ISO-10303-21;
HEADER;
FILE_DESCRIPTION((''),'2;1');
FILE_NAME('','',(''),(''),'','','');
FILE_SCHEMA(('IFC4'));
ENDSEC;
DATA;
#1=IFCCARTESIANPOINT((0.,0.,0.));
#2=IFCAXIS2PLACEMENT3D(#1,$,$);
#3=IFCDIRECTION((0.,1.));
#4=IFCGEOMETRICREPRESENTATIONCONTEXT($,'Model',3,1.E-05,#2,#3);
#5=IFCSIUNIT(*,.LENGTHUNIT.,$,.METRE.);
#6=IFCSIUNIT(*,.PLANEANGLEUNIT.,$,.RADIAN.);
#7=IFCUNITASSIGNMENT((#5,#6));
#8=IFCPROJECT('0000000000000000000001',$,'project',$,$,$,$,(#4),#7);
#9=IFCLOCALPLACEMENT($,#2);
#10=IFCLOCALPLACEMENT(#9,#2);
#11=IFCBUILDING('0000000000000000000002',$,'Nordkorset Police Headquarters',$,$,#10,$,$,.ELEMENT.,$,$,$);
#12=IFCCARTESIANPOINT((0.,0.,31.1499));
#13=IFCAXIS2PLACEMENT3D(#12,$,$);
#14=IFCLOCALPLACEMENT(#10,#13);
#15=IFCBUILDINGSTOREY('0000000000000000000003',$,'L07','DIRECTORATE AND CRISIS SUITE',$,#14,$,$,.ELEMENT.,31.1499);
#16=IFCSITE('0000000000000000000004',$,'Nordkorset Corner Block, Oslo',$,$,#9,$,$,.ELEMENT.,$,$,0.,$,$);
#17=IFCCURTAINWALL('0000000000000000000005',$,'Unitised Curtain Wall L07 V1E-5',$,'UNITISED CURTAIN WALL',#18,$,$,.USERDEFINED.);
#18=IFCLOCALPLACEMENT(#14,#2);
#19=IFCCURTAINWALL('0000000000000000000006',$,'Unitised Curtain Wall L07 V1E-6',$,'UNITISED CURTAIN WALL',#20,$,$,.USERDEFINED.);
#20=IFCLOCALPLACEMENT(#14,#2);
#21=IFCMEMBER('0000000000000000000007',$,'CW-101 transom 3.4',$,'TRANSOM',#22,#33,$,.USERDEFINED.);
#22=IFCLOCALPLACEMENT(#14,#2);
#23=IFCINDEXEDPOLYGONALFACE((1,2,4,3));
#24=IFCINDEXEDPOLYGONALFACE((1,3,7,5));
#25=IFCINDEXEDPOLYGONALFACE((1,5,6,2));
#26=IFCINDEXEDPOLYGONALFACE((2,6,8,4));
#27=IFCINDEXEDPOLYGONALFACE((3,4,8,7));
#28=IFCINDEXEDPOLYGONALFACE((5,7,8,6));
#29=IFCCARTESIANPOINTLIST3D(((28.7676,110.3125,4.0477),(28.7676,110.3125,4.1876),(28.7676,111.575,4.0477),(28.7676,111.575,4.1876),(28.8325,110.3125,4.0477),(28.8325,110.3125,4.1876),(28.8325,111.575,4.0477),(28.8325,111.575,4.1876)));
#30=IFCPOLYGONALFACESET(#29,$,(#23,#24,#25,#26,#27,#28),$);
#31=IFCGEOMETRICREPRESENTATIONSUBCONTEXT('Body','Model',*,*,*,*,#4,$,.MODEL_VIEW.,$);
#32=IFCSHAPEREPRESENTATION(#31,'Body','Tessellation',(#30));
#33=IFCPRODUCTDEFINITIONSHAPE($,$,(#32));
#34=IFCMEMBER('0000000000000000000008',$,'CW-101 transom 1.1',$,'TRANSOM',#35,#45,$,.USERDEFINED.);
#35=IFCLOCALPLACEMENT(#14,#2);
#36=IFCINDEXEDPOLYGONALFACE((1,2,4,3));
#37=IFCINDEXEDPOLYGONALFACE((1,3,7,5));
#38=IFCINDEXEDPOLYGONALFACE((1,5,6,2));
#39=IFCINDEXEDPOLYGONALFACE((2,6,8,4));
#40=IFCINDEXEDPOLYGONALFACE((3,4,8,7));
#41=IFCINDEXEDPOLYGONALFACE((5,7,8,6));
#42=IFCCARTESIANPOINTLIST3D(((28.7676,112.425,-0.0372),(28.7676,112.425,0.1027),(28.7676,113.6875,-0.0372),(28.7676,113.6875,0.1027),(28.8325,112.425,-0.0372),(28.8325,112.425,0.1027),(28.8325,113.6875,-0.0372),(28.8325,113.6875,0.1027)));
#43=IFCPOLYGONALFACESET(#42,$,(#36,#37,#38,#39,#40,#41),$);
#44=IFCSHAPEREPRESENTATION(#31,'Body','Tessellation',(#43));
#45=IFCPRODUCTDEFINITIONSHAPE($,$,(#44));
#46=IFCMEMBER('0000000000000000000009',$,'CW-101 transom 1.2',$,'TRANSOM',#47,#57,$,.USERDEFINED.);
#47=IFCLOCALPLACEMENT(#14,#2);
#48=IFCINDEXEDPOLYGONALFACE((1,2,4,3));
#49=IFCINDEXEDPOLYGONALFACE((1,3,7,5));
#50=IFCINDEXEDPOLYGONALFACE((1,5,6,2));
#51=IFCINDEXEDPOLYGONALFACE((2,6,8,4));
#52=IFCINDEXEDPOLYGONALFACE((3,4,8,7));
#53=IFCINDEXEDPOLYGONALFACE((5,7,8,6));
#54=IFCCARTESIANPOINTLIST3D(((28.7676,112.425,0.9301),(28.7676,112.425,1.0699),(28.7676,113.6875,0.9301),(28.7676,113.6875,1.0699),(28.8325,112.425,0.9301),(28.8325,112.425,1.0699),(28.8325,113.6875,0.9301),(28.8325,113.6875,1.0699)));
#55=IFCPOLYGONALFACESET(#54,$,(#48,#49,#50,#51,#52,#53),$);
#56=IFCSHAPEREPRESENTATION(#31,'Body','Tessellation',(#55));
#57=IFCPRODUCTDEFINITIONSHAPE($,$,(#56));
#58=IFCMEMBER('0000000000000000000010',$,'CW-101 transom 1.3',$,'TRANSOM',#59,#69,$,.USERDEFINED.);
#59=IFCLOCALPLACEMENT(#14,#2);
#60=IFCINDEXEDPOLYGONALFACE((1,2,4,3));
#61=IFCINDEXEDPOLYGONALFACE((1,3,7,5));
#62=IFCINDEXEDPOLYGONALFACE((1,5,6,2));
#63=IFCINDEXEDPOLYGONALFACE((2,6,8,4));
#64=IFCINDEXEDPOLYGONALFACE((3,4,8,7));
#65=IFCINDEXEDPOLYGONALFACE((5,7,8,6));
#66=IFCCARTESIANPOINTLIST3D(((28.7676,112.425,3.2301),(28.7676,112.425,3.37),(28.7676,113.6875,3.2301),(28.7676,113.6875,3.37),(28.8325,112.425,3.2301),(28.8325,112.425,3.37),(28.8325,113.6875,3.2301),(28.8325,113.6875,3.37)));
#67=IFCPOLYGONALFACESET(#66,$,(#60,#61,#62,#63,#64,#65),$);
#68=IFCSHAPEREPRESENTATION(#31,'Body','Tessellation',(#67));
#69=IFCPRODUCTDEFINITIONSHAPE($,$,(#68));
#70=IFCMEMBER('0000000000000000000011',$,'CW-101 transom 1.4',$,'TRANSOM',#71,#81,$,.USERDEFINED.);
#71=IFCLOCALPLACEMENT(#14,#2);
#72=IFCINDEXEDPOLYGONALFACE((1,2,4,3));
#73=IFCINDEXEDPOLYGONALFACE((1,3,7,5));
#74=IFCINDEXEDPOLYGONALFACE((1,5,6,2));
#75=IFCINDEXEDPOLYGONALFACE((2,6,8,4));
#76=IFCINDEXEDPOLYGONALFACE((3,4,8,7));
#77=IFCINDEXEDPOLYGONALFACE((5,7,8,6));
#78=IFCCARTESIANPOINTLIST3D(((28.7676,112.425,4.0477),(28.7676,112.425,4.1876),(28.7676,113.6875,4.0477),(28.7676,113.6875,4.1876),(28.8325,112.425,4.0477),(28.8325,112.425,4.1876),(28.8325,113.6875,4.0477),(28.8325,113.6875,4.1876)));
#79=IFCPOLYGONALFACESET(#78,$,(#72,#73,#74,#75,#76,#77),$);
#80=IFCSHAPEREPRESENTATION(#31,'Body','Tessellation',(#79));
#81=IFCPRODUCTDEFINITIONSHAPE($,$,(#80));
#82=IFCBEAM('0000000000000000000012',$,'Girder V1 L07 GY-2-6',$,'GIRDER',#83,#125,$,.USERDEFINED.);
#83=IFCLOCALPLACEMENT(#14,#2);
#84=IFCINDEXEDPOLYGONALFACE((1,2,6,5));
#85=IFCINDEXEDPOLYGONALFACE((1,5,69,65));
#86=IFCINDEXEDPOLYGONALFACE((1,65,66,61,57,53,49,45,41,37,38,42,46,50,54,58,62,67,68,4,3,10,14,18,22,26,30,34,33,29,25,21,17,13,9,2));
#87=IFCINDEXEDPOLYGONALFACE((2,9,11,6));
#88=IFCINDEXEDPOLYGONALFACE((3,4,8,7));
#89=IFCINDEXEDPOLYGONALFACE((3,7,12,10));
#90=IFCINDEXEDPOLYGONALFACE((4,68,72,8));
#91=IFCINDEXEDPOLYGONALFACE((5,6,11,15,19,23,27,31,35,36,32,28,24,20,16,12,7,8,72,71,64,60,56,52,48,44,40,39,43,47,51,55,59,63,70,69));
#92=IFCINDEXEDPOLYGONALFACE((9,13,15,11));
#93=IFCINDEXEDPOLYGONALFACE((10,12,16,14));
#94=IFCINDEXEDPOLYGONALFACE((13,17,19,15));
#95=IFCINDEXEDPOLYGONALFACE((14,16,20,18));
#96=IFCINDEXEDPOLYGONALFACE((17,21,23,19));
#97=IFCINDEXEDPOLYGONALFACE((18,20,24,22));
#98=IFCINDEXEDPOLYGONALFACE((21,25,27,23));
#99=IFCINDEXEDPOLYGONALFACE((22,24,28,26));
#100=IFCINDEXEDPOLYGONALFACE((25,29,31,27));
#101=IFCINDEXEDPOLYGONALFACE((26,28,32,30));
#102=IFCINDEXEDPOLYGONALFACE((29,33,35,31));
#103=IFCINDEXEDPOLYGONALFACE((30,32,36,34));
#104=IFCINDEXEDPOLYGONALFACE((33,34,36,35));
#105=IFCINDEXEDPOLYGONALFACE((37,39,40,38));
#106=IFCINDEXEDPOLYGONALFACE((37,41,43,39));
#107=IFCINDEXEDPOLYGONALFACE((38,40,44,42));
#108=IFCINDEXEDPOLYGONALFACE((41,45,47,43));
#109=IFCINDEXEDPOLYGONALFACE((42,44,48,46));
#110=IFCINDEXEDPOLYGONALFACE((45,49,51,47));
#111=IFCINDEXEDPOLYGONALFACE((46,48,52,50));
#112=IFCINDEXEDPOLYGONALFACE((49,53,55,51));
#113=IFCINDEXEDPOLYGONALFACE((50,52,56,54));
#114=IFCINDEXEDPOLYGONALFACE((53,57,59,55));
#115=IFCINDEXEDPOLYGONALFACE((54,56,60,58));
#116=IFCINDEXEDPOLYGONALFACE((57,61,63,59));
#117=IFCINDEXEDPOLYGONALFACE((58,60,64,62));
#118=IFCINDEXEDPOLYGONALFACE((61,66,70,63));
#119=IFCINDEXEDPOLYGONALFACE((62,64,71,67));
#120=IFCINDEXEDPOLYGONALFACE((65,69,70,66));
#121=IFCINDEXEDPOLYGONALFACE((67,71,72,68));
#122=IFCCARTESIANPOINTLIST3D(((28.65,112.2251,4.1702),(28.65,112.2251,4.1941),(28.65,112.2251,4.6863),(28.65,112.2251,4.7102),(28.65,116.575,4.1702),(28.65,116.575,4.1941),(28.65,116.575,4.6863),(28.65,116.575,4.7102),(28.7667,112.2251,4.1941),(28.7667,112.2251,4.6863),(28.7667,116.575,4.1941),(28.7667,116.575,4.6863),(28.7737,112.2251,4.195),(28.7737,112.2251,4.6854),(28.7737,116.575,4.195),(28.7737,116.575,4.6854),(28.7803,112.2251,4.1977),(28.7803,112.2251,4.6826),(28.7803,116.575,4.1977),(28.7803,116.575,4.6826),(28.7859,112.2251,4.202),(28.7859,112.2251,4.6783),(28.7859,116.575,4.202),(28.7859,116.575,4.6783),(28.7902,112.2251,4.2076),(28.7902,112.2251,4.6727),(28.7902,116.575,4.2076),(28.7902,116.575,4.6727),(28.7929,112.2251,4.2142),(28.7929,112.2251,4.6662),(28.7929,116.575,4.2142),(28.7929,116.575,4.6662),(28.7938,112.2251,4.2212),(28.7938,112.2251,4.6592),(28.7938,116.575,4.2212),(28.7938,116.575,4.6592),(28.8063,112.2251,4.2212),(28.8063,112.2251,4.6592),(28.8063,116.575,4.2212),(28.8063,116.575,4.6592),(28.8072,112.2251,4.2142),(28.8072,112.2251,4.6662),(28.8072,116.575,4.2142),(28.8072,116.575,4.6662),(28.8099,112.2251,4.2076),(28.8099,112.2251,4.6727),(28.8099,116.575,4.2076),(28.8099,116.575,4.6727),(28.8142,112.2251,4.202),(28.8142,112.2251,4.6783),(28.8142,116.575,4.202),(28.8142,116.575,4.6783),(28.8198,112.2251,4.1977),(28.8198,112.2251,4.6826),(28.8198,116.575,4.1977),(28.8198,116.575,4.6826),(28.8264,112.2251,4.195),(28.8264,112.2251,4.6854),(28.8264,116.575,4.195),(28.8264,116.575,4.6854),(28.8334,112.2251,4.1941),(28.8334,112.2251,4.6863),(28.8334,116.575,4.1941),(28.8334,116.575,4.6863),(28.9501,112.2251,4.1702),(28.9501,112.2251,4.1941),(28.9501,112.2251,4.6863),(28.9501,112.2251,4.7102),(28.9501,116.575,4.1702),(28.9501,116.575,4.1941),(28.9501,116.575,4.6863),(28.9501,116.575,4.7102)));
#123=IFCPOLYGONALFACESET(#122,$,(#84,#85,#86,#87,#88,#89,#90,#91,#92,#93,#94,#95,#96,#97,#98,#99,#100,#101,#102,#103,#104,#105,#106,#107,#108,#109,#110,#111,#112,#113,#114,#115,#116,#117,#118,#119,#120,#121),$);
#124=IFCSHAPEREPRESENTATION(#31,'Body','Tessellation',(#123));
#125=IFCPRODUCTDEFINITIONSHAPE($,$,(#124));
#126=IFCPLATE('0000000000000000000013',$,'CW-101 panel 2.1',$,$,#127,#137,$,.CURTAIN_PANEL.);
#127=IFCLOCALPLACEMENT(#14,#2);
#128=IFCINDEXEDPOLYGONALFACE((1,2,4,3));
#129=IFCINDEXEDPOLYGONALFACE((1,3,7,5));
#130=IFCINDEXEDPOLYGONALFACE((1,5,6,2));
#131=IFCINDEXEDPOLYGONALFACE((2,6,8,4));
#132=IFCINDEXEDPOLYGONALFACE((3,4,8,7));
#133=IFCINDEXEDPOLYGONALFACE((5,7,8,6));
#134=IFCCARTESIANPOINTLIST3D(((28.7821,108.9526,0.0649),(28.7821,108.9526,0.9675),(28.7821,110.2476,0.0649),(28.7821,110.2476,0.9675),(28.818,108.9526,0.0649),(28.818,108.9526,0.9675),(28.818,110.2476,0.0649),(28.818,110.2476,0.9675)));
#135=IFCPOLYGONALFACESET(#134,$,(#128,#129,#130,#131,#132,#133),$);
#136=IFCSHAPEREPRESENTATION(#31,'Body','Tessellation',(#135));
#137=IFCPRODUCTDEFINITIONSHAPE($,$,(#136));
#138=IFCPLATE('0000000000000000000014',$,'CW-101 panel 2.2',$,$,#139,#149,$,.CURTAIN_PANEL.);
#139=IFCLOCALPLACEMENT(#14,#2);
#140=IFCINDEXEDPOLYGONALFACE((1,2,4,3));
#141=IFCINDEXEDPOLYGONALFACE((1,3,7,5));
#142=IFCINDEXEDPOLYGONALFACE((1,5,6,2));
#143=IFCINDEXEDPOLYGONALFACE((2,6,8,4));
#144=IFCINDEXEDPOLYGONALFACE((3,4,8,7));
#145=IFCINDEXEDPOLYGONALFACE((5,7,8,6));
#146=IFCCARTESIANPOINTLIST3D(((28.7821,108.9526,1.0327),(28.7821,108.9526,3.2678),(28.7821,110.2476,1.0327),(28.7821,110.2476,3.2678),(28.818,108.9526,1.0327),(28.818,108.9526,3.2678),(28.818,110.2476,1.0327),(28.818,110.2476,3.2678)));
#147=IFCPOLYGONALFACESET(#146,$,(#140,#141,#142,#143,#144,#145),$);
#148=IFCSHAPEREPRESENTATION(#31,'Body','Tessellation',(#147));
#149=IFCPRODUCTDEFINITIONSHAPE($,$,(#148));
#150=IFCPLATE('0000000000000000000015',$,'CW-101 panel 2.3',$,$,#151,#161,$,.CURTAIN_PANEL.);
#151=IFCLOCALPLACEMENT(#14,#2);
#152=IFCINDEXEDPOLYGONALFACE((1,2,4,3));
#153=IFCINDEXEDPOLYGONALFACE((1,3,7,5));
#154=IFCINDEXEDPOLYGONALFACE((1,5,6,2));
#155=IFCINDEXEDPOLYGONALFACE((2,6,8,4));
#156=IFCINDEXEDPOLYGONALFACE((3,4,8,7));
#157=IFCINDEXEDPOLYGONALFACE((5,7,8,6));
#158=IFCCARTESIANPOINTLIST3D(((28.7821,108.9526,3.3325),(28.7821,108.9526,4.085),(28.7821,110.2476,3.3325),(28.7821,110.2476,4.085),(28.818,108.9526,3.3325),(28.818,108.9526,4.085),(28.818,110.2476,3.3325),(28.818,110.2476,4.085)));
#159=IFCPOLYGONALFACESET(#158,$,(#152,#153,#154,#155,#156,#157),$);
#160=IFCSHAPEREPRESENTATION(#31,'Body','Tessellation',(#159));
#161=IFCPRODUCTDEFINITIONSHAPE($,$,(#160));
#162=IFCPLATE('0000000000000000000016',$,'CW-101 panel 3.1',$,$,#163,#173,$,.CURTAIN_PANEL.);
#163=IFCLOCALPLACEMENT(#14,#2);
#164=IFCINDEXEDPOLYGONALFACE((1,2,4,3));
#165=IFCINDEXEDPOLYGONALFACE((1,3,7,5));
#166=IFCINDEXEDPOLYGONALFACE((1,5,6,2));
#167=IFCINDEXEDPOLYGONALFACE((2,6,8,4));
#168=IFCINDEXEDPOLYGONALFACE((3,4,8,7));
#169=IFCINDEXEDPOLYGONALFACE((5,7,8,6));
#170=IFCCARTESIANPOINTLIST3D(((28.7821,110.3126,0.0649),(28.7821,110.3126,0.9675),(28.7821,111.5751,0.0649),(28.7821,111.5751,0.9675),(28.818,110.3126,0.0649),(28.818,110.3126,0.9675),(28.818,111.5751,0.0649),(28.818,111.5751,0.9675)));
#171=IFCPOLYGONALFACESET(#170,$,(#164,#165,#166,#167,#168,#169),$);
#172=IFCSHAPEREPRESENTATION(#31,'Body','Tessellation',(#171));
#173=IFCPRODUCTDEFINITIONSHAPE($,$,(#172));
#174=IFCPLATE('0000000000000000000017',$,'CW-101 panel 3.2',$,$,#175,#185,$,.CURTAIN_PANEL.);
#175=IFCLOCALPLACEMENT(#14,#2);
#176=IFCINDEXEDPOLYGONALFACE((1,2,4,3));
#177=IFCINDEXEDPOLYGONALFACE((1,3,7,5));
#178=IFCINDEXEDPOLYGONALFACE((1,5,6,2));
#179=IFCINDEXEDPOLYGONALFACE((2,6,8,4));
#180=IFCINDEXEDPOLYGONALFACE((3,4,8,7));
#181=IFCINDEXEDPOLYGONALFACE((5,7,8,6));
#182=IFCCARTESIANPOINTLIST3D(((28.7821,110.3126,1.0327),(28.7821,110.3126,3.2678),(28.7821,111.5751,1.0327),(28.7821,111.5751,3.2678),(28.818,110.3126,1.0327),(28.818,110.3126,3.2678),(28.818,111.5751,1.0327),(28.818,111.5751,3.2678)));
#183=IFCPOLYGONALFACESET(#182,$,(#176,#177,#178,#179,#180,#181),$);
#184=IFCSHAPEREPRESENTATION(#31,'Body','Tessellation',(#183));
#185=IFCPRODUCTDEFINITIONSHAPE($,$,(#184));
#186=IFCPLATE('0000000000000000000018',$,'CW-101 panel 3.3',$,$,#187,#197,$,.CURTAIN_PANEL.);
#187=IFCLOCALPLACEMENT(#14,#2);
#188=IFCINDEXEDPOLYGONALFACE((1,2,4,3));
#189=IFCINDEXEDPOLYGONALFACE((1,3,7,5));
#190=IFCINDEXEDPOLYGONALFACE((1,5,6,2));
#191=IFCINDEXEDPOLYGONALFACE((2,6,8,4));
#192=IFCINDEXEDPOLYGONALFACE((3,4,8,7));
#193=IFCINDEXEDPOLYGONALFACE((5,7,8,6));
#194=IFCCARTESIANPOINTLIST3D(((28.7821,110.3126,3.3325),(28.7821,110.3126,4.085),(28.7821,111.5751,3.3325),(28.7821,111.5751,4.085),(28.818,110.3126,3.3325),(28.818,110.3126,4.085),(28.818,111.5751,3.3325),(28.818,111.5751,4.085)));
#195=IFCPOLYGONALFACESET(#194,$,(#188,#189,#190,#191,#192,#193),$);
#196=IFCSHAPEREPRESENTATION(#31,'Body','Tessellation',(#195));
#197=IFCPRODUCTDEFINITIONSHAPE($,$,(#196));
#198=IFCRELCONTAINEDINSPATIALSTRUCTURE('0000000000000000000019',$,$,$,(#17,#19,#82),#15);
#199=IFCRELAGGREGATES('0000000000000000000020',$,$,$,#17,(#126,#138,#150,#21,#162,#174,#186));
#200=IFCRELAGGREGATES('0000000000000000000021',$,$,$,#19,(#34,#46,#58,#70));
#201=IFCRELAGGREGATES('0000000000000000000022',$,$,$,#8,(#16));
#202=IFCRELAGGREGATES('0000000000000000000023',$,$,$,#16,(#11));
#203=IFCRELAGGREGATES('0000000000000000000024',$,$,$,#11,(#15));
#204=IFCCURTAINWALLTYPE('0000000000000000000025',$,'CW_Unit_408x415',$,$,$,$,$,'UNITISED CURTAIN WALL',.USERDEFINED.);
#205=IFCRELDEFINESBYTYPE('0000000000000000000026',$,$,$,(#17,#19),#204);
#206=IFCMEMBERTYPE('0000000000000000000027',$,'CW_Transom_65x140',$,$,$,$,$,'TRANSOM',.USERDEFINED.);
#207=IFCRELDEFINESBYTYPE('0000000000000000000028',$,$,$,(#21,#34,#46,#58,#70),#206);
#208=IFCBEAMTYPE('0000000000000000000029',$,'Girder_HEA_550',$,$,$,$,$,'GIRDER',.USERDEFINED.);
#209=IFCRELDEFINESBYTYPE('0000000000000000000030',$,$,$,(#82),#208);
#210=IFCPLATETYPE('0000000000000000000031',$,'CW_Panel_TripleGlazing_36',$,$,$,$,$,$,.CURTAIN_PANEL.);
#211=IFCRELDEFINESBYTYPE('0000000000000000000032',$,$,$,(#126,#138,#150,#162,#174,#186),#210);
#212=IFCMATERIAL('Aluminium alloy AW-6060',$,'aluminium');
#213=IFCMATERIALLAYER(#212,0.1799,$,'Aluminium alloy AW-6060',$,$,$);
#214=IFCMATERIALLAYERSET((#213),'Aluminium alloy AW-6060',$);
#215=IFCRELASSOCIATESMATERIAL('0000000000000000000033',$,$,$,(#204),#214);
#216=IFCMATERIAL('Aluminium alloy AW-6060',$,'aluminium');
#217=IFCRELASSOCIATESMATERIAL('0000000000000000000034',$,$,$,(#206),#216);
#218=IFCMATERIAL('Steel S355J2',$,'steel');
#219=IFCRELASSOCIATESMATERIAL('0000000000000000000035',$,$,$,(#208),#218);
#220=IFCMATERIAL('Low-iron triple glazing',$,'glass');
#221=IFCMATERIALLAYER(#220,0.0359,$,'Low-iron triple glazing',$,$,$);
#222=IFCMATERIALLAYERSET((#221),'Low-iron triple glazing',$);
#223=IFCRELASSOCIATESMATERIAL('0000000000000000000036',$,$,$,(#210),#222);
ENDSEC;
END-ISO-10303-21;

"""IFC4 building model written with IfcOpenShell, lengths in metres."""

from ifc_helpers import new_model, si_unit, direction, frame, origin, origin_2d, place, context, subcontext, project, spatial, rectangle, i_section, extrude, material, layer, layer_set, material_profile, profile_set, type_object, element, aggregate, save


model = new_model("IFC4")

# Units and contexts
model_context = context("Model", 3, precision=1e-05, world=origin(), true_north=direction((0.0, 1.0)))
body_context = subcontext(model_context, "Body", "Model", "MODEL_VIEW")
ifc_project = project(units=[si_unit("LENGTHUNIT", "METRE"), si_unit("PLANEANGLEUNIT", "RADIAN")], contexts=[model_context])

# Site, building, storey
site_placement = place(None, origin())
site = spatial("IfcSite", under=ifc_project, at=site_placement, Name="Nordkorset Corner Block, Oslo", CompositionType="ELEMENT", RefElevation=0.0)
building_placement = place(site_placement, origin())
building = spatial("IfcBuilding", under=site, at=building_placement, Name="Nordkorset Police Headquarters", CompositionType="ELEMENT")
storey_placement = place(building_placement, frame((0.0, 0.0, 31.1499)))
storey = spatial("IfcBuildingStorey", under=building, at=storey_placement, Name="L07", Description="DIRECTORATE AND CRISIS SUITE", CompositionType="ELEMENT", Elevation=31.1499)

# Curtain wall
ifc_material_1 = material(Name="Aluminium alloy AW-6060", Category="aluminium")
ifc_layer_1 = layer(ifc_material_1, 0.1799, Name="Aluminium alloy AW-6060")
ifc_layer_set_1 = layer_set([ifc_layer_1], Name="Aluminium alloy AW-6060")
curtain_wall_type = type_object("IfcCurtainWallType", Name="CW_Unit_408x415", ElementType="UNITISED CURTAIN WALL", PredefinedType="USERDEFINED", material=ifc_layer_set_1)
curtain_wall_1_placement = place(storey_placement, origin())
curtain_wall_1 = element("IfcCurtainWall", 1, at=curtain_wall_1_placement, inside=storey, type_object=curtain_wall_type, Name="Unitised Curtain Wall L07 V1E-5", ObjectType="UNITISED CURTAIN WALL", PredefinedType="USERDEFINED")

# Curtain wall
curtain_wall_2_placement = place(storey_placement, origin())
curtain_wall_2 = element("IfcCurtainWall", 2, at=curtain_wall_2_placement, inside=storey, type_object=curtain_wall_type, Name="Unitised Curtain Wall L07 V1E-6", ObjectType="UNITISED CURTAIN WALL", PredefinedType="USERDEFINED")

# Members
ifc_material_2 = material(Name="Aluminium alloy AW-6060", Category="aluminium")
ifc_material_profile_1 = material_profile(ifc_material_2, rectangle(XDim=0.0649, YDim=0.1399, at=origin_2d()), Name="ALU TRAN 65x140")
ifc_profile_set_1 = profile_set([ifc_material_profile_1], Name="Aluminium alloy AW-6060")
member_type_1 = type_object("IfcMemberType", Name="CW_Transom_65x140", ElementType="TRANSOM", PredefinedType="USERDEFINED", material=ifc_profile_set_1)
member_1_placement = place(storey_placement, frame((28.8, 110.3125, 4.1177), z_axis=(0.0, 1.0, 0.0), x_axis=(-1.0, 0.0, 0.0)))
member_1 = element("IfcMember", 3, at=member_1_placement, type_object=member_type_1, Name="CW-101 transom 3.4", ObjectType="TRANSOM", PredefinedType="USERDEFINED", context=body_context, shape_type="SweptSolid", body=[
    extrude(rectangle(XDim=0.0649, YDim=0.1399, at=origin_2d()), origin(), (0.0, 0.0, 1.0), 1.2625),
])
member_2_placement = place(storey_placement, frame((28.8, 112.425, 0.0327), z_axis=(0.0, 1.0, 0.0), x_axis=(-1.0, 0.0, 0.0)))
member_2 = element("IfcMember", 4, at=member_2_placement, type_object=member_type_1, Name="CW-101 transom 1.1", ObjectType="TRANSOM", PredefinedType="USERDEFINED", context=body_context, shape_type="SweptSolid", body=[
    extrude(rectangle(XDim=0.0649, YDim=0.1399, at=origin_2d()), origin(), (0.0, 0.0, 1.0), 1.2625),
])
member_3_placement = place(storey_placement, frame((28.8, 112.425, 1.0), z_axis=(0.0, 1.0, 0.0), x_axis=(-1.0, 0.0, 0.0)))
member_3 = element("IfcMember", 5, at=member_3_placement, type_object=member_type_1, Name="CW-101 transom 1.2", ObjectType="TRANSOM", PredefinedType="USERDEFINED", context=body_context, shape_type="SweptSolid", body=[
    extrude(rectangle(XDim=0.0649, YDim=0.1399, at=origin_2d()), origin(), (0.0, 0.0, 1.0), 1.2625),
])
member_4_placement = place(storey_placement, frame((28.8, 112.425, 3.3), z_axis=(0.0, 1.0, 0.0), x_axis=(-1.0, 0.0, 0.0)))
member_4 = element("IfcMember", 6, at=member_4_placement, type_object=member_type_1, Name="CW-101 transom 1.3", ObjectType="TRANSOM", PredefinedType="USERDEFINED", context=body_context, shape_type="SweptSolid", body=[
    extrude(rectangle(XDim=0.0649, YDim=0.1399, at=origin_2d()), origin(), (0.0, 0.0, 1.0), 1.2625),
])
member_5_placement = place(storey_placement, frame((28.8, 112.425, 4.1177), z_axis=(0.0, 1.0, 0.0), x_axis=(-1.0, 0.0, 0.0)))
member_5 = element("IfcMember", 7, at=member_5_placement, type_object=member_type_1, Name="CW-101 transom 1.4", ObjectType="TRANSOM", PredefinedType="USERDEFINED", context=body_context, shape_type="SweptSolid", body=[
    extrude(rectangle(XDim=0.0649, YDim=0.1399, at=origin_2d()), origin(), (0.0, 0.0, 1.0), 1.2625),
])

# Beam
ifc_material_3 = material(Name="Steel S355J2", Category="steel")
ifc_material_profile_2 = material_profile(ifc_material_3, i_section(OverallWidth=0.3, OverallDepth=0.54, WebThickness=0.0125, FlangeThickness=0.0239, FilletRadius=0.0271, at=origin_2d()), Name="HEA 550")
ifc_profile_set_2 = profile_set([ifc_material_profile_2], Name="Steel S355J2")
beam_type = type_object("IfcBeamType", Name="Girder_HEA_550", ElementType="GIRDER", PredefinedType="USERDEFINED", material=ifc_profile_set_2)
beam_placement = place(storey_placement, frame((28.8, 112.2251, 4.4402), z_axis=(0.0, 1.0, 0.0), x_axis=(-1.0, 0.0, 0.0)))
element("IfcBeam", 8, at=beam_placement, inside=storey, type_object=beam_type, Name="Girder V1 L07 GY-2-6", ObjectType="GIRDER", PredefinedType="USERDEFINED", context=body_context, shape_type="SweptSolid", body=[
    extrude(i_section(OverallWidth=0.3, OverallDepth=0.54, WebThickness=0.0125, FlangeThickness=0.0239, FilletRadius=0.0271, at=origin_2d()), origin(), (0.0, 0.0, 1.0), 4.3499),
])

# Plates
ifc_material_4 = material(Name="Low-iron triple glazing", Category="glass")
ifc_layer_2 = layer(ifc_material_4, 0.0359, Name="Low-iron triple glazing")
ifc_layer_set_2 = layer_set([ifc_layer_2], Name="Low-iron triple glazing")
plate_type = type_object("IfcPlateType", Name="CW_Panel_TripleGlazing_36", PredefinedType="CURTAIN_PANEL", material=ifc_layer_set_2)
plate_1_placement = place(storey_placement, frame((28.8, 109.6001, 0.0649), z_axis=(0.0, 0.0, 1.0), x_axis=(0.0, 1.0, 0.0)))
plate_1 = element("IfcPlate", 9, at=plate_1_placement, type_object=plate_type, Name="CW-101 panel 2.1", PredefinedType="CURTAIN_PANEL", context=body_context, shape_type="SweptSolid", body=[
    extrude(rectangle(XDim=1.2949, YDim=0.0359, at=origin_2d()), origin(), (0.0, 0.0, 1.0), 0.9026),
])
plate_2_placement = place(storey_placement, frame((28.8, 109.6001, 1.0327), z_axis=(0.0, 0.0, 1.0), x_axis=(0.0, 1.0, 0.0)))
plate_2 = element("IfcPlate", 10, at=plate_2_placement, type_object=plate_type, Name="CW-101 panel 2.2", PredefinedType="CURTAIN_PANEL", context=body_context, shape_type="SweptSolid", body=[
    extrude(rectangle(XDim=1.2949, YDim=0.0359, at=origin_2d()), origin(), (0.0, 0.0, 1.0), 2.2351),
])
plate_3_placement = place(storey_placement, frame((28.8, 109.6001, 3.3325), z_axis=(0.0, 0.0, 1.0), x_axis=(0.0, 1.0, 0.0)))
plate_3 = element("IfcPlate", 11, at=plate_3_placement, type_object=plate_type, Name="CW-101 panel 2.3", PredefinedType="CURTAIN_PANEL", context=body_context, shape_type="SweptSolid", body=[
    extrude(rectangle(XDim=1.2949, YDim=0.0359, at=origin_2d()), origin(), (0.0, 0.0, 1.0), 0.7524),
])
plate_4_placement = place(storey_placement, frame((28.8, 110.9438, 0.0649), z_axis=(0.0, 0.0, 1.0), x_axis=(0.0, 1.0, 0.0)))
plate_4 = element("IfcPlate", 12, at=plate_4_placement, type_object=plate_type, Name="CW-101 panel 3.1", PredefinedType="CURTAIN_PANEL", context=body_context, shape_type="SweptSolid", body=[
    extrude(rectangle(XDim=1.2625, YDim=0.0359, at=origin_2d()), origin(), (0.0, 0.0, 1.0), 0.9026),
])
plate_5_placement = place(storey_placement, frame((28.8, 110.9438, 1.0327), z_axis=(0.0, 0.0, 1.0), x_axis=(0.0, 1.0, 0.0)))
plate_5 = element("IfcPlate", 13, at=plate_5_placement, type_object=plate_type, Name="CW-101 panel 3.2", PredefinedType="CURTAIN_PANEL", context=body_context, shape_type="SweptSolid", body=[
    extrude(rectangle(XDim=1.2625, YDim=0.0359, at=origin_2d()), origin(), (0.0, 0.0, 1.0), 2.2351),
])
plate_6_placement = place(storey_placement, frame((28.8, 110.9438, 3.3325), z_axis=(0.0, 0.0, 1.0), x_axis=(0.0, 1.0, 0.0)))
plate_6 = element("IfcPlate", 14, at=plate_6_placement, type_object=plate_type, Name="CW-101 panel 3.3", PredefinedType="CURTAIN_PANEL", context=body_context, shape_type="SweptSolid", body=[
    extrude(rectangle(XDim=1.2625, YDim=0.0359, at=origin_2d()), origin(), (0.0, 0.0, 1.0), 0.7524),
])
aggregate(curtain_wall_1, [plate_1, plate_2, plate_3, member_1, plate_4, plate_5, plate_6])
aggregate(curtain_wall_2, [member_2, member_3, member_4, member_5])

save(model, "model.ifc")
